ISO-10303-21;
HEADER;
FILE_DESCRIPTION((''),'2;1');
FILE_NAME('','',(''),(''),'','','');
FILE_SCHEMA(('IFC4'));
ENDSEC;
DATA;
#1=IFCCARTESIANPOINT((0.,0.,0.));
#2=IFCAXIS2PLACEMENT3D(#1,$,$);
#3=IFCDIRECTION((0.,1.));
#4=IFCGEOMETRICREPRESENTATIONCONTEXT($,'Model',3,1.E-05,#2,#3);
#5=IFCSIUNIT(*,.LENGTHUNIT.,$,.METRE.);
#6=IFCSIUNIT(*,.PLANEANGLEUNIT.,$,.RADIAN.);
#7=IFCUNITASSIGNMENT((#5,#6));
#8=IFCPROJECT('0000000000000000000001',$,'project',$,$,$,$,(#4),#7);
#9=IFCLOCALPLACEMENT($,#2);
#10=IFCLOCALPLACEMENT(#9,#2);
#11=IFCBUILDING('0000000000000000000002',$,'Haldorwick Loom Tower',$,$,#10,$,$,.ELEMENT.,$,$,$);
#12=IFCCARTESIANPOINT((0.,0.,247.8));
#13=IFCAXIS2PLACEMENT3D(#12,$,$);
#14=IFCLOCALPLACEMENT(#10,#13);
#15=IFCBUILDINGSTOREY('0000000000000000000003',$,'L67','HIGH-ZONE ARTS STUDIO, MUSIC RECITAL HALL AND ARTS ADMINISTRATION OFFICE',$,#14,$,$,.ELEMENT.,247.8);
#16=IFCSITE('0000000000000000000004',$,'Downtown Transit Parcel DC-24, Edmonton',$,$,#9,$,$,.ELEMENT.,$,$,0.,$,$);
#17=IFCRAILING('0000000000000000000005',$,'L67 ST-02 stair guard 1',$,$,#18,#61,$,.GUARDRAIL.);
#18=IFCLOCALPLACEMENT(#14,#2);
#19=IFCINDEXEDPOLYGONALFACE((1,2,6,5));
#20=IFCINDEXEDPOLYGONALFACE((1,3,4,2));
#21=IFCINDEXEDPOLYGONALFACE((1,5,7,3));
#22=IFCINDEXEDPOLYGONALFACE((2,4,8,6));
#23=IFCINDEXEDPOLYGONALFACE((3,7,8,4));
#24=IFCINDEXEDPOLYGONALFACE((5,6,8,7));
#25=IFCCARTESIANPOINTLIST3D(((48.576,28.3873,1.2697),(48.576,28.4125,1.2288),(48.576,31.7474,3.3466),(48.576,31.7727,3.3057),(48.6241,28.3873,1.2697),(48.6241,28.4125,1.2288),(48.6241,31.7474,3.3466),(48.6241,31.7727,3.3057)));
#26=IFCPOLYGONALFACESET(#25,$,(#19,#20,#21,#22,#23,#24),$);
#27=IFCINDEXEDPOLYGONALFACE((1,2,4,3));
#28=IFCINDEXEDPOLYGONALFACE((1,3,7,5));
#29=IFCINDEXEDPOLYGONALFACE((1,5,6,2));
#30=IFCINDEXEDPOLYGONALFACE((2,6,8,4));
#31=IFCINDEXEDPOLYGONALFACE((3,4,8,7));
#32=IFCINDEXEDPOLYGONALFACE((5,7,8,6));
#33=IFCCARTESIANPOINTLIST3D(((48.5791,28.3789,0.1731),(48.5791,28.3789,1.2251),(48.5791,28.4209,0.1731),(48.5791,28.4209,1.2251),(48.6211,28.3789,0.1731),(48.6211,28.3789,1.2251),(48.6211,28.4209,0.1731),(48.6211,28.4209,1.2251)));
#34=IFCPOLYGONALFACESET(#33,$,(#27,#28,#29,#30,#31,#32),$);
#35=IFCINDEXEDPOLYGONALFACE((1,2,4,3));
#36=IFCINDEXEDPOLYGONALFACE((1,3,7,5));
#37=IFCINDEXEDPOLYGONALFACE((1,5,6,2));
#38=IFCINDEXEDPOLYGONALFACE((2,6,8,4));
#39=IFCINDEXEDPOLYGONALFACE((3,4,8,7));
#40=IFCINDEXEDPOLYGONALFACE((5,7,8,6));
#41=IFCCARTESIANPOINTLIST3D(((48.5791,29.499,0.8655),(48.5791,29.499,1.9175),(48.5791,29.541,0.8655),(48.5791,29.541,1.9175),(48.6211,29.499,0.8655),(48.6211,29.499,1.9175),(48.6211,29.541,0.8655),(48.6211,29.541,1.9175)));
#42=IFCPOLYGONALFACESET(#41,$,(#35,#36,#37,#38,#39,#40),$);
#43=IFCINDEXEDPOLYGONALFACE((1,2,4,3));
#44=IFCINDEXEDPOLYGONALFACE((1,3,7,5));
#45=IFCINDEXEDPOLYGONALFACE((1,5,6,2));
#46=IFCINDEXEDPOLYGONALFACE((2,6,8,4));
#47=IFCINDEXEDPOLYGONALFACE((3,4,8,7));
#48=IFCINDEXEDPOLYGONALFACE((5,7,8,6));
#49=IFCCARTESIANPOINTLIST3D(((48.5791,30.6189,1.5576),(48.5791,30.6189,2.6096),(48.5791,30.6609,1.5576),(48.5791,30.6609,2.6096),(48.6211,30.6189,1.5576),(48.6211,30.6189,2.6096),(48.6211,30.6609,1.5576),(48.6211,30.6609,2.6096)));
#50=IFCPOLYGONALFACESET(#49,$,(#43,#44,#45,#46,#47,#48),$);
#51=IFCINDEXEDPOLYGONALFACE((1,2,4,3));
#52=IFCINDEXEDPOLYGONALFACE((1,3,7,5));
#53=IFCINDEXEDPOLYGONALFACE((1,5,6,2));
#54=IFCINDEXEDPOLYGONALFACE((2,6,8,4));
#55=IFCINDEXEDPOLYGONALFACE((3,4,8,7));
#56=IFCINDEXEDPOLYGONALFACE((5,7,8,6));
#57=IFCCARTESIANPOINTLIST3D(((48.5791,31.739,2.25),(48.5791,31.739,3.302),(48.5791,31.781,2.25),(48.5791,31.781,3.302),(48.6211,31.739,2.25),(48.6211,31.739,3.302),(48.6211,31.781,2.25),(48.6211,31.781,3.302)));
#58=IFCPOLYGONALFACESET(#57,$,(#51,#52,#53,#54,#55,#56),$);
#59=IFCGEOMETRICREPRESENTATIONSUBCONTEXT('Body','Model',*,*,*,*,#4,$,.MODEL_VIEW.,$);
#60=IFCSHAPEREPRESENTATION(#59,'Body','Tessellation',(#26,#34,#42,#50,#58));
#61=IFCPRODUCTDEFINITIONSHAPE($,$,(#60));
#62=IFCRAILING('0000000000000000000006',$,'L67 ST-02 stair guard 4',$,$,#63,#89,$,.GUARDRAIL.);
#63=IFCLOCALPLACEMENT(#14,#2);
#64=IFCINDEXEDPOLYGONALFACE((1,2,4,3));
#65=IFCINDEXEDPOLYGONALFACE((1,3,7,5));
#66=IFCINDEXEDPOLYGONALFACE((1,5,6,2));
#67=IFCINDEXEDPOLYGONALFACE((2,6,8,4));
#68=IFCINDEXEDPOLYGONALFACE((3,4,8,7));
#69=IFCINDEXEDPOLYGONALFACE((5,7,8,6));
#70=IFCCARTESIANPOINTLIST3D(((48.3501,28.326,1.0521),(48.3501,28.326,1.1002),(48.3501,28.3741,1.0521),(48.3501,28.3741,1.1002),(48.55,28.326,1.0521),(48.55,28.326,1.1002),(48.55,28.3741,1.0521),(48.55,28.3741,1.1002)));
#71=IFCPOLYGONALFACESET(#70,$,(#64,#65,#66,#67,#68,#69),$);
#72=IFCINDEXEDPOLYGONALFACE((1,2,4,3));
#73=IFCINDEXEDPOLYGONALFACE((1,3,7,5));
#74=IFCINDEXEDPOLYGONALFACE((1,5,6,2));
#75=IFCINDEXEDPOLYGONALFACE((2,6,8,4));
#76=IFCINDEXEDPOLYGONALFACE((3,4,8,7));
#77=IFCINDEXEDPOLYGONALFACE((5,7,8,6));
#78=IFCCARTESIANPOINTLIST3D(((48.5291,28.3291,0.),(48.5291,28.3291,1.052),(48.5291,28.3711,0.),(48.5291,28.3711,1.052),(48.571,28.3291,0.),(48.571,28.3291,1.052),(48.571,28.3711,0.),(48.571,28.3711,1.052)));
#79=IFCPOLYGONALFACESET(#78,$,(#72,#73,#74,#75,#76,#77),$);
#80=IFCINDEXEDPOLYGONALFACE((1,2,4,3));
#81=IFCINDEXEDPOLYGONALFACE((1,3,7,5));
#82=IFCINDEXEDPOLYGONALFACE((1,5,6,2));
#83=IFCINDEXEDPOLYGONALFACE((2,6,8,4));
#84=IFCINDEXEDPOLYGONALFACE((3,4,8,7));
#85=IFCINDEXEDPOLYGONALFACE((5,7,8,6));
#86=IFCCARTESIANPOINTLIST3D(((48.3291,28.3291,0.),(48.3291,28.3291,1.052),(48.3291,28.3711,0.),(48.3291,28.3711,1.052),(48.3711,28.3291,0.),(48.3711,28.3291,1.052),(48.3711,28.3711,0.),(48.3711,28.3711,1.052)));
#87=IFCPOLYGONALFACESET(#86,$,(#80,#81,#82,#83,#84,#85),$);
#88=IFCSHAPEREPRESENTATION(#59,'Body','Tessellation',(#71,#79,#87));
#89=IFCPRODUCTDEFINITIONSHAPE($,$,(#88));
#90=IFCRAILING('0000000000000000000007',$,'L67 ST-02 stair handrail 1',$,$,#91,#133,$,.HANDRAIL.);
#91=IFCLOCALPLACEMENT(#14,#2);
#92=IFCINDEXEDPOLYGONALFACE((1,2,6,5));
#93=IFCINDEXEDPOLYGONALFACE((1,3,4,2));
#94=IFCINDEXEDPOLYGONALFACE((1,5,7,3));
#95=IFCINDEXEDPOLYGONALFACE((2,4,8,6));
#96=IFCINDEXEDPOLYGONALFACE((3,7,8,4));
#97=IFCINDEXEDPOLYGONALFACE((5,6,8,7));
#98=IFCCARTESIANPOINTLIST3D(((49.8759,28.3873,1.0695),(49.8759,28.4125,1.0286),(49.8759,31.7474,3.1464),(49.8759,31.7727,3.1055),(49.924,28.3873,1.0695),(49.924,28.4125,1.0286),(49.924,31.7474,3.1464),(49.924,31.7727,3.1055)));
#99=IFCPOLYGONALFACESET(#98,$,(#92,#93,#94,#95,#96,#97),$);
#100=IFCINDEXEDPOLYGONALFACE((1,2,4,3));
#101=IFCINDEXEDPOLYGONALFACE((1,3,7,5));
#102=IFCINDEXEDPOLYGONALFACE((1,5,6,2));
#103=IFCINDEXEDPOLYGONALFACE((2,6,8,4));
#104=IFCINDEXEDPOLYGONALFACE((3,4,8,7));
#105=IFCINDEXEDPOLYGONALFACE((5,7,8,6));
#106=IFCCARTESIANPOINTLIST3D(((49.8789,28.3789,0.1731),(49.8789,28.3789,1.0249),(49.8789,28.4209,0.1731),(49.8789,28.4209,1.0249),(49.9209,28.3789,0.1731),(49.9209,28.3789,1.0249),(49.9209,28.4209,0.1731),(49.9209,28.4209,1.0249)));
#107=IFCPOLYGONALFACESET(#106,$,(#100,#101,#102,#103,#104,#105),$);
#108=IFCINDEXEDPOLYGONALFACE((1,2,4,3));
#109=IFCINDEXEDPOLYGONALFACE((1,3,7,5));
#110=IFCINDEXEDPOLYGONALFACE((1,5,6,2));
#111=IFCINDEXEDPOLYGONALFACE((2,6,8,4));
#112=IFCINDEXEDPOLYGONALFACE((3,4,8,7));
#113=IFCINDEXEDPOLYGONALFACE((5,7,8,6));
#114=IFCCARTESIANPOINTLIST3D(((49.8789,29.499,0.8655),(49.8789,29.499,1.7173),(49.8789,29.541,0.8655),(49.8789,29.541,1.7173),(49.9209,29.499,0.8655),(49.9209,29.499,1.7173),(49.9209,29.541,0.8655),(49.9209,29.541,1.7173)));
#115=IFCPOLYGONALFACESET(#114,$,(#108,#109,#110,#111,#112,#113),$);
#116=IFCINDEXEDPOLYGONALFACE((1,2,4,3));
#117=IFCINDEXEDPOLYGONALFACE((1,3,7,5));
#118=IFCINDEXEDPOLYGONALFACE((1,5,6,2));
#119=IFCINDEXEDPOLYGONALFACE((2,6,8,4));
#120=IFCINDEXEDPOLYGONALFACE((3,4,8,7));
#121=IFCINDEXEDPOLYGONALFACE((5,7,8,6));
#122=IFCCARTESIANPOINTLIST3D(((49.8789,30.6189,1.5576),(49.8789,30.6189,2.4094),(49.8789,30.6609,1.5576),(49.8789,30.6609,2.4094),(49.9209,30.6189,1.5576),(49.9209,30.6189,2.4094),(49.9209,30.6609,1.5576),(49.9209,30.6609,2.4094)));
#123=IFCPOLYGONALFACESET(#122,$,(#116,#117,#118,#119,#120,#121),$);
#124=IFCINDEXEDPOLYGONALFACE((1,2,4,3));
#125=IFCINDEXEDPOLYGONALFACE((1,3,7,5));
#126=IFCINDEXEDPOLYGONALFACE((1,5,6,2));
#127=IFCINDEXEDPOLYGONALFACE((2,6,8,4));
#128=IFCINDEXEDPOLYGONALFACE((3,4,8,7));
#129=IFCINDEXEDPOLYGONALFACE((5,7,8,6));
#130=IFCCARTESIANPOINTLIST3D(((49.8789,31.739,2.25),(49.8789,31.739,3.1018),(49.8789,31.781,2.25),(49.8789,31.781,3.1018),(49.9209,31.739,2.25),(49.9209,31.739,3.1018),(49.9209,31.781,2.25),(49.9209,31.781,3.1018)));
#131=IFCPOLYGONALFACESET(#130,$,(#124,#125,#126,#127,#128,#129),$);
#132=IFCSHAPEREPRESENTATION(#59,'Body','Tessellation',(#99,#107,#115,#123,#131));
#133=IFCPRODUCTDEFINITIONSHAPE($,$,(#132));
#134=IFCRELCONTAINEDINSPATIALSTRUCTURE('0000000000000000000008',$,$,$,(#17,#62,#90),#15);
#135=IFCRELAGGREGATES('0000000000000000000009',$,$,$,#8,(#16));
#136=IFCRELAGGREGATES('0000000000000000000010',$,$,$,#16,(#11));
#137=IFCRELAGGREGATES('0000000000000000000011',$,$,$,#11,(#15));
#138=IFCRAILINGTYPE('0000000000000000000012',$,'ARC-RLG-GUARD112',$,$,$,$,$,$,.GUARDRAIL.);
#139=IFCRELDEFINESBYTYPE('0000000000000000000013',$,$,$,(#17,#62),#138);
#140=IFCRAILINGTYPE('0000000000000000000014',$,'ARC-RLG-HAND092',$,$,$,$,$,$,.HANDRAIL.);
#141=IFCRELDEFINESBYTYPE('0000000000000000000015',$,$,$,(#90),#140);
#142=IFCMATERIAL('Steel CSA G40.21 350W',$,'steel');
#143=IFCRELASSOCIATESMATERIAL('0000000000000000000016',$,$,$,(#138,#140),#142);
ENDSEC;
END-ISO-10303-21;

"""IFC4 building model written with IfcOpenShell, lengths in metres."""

from ifc_helpers import new_model, si_unit, direction, frame, origin, origin_2d, place, context, subcontext, project, spatial, rectangle, extrude, material, type_object, element, save


model = new_model("IFC4")

# Units and contexts
model_context = context("Model", 3, precision=1e-05, world=origin(), true_north=direction((0.0, 1.0)))
body_context = subcontext(model_context, "Body", "Model", "MODEL_VIEW")
ifc_project = project(units=[si_unit("LENGTHUNIT", "METRE"), si_unit("PLANEANGLEUNIT", "RADIAN")], contexts=[model_context])

# Site, building, storey
site_placement = place(None, origin())
site = spatial("IfcSite", under=ifc_project, at=site_placement, Name="Downtown Transit Parcel DC-24, Edmonton", CompositionType="ELEMENT", RefElevation=0.0)
building_placement = place(site_placement, origin())
building = spatial("IfcBuilding", under=site, at=building_placement, Name="Haldorwick Loom Tower", CompositionType="ELEMENT")
storey_placement = place(building_placement, frame((0.0, 0.0, 247.8)))
storey = spatial("IfcBuildingStorey", under=building, at=storey_placement, Name="L67", Description="HIGH-ZONE ARTS STUDIO, MUSIC RECITAL HALL AND ARTS ADMINISTRATION OFFICE", CompositionType="ELEMENT", Elevation=247.8)

# Shared definitions
ifc_material_1 = material(Name="Steel CSA G40.21 350W", Category="steel")

# Railings
railing_type_1 = type_object("IfcRailingType", Name="ARC-RLG-GUARD112", PredefinedType="GUARDRAIL", material=ifc_material_1)
railing_1_placement = place(storey_placement, frame((48.6001, 28.3999, 0.1731)))
element("IfcRailing", 1, at=railing_1_placement, inside=storey, type_object=railing_type_1, Name="L67 ST-02 stair guard 1", PredefinedType="GUARDRAIL", context=body_context, shape_type="SweptSolid", body=[
    extrude(rectangle(XDim=0.0481, YDim=0.0481, at=origin_2d()), frame((0.0, 0.0, 1.0762), z_axis=(0.0, 0.850623, 0.525776), x_axis=(-1.0, 0.0, 0.0)), (0.0, 0.0, 1.0), 3.9502),
    extrude(rectangle(XDim=0.042, YDim=0.042, at=origin_2d()), origin(), (0.0, 0.0, 1.0), 1.052),
    extrude(rectangle(XDim=0.042, YDim=0.042, at=origin_2d()), frame((0.0, 1.1201, 0.6924)), (0.0, 0.0, 1.0), 1.052),
    extrude(rectangle(XDim=0.042, YDim=0.042, at=origin_2d()), frame((0.0, 2.24, 1.3845)), (0.0, 0.0, 1.0), 1.052),
    extrude(rectangle(XDim=0.042, YDim=0.042, at=origin_2d()), frame((0.0, 3.3601, 2.0769)), (0.0, 0.0, 1.0), 1.052),
])
railing_2_placement = place(storey_placement, frame((48.55, 28.3501, 0.0)))
element("IfcRailing", 2, at=railing_2_placement, inside=storey, type_object=railing_type_1, Name="L67 ST-02 stair guard 4", PredefinedType="GUARDRAIL", context=body_context, shape_type="SweptSolid", body=[
    extrude(rectangle(XDim=0.0481, YDim=0.0481, at=origin_2d()), frame((0.0, 0.0, 1.0762), z_axis=(-1.0, 0.0, 0.0), x_axis=(0.0, -1.0, 0.0)), (0.0, 0.0, 1.0), 0.2),
    extrude(rectangle(XDim=0.042, YDim=0.042, at=origin_2d()), origin(), (0.0, 0.0, 1.0), 1.052),
    extrude(rectangle(XDim=0.042, YDim=0.042, at=origin_2d()), frame((-0.2, 0.0, 0.0)), (0.0, 0.0, 1.0), 1.052),
])
railing_type_2 = type_object("IfcRailingType", Name="ARC-RLG-HAND092", PredefinedType="HANDRAIL", material=ifc_material_1)
railing_3_placement = place(storey_placement, frame((49.8999, 28.3999, 0.1731)))
element("IfcRailing", 3, at=railing_3_placement, inside=storey, type_object=railing_type_2, Name="L67 ST-02 stair handrail 1", PredefinedType="HANDRAIL", context=body_context, shape_type="SweptSolid", body=[
    extrude(rectangle(XDim=0.0481, YDim=0.0481, at=origin_2d()), frame((0.0, 0.0, 0.876), z_axis=(0.0, 0.850623, 0.525776), x_axis=(-1.0, 0.0, 0.0)), (0.0, 0.0, 1.0), 3.9502),
    extrude(rectangle(XDim=0.042, YDim=0.042, at=origin_2d()), origin(), (0.0, 0.0, 1.0), 0.8518),
    extrude(rectangle(XDim=0.042, YDim=0.042, at=origin_2d()), frame((0.0, 1.1201, 0.6924)), (0.0, 0.0, 1.0), 0.8518),
    extrude(rectangle(XDim=0.042, YDim=0.042, at=origin_2d()), frame((0.0, 2.24, 1.3845)), (0.0, 0.0, 1.0), 0.8518),
    extrude(rectangle(XDim=0.042, YDim=0.042, at=origin_2d()), frame((0.0, 3.3601, 2.0769)), (0.0, 0.0, 1.0), 0.8518),
])

save(model, "model.ifc")
